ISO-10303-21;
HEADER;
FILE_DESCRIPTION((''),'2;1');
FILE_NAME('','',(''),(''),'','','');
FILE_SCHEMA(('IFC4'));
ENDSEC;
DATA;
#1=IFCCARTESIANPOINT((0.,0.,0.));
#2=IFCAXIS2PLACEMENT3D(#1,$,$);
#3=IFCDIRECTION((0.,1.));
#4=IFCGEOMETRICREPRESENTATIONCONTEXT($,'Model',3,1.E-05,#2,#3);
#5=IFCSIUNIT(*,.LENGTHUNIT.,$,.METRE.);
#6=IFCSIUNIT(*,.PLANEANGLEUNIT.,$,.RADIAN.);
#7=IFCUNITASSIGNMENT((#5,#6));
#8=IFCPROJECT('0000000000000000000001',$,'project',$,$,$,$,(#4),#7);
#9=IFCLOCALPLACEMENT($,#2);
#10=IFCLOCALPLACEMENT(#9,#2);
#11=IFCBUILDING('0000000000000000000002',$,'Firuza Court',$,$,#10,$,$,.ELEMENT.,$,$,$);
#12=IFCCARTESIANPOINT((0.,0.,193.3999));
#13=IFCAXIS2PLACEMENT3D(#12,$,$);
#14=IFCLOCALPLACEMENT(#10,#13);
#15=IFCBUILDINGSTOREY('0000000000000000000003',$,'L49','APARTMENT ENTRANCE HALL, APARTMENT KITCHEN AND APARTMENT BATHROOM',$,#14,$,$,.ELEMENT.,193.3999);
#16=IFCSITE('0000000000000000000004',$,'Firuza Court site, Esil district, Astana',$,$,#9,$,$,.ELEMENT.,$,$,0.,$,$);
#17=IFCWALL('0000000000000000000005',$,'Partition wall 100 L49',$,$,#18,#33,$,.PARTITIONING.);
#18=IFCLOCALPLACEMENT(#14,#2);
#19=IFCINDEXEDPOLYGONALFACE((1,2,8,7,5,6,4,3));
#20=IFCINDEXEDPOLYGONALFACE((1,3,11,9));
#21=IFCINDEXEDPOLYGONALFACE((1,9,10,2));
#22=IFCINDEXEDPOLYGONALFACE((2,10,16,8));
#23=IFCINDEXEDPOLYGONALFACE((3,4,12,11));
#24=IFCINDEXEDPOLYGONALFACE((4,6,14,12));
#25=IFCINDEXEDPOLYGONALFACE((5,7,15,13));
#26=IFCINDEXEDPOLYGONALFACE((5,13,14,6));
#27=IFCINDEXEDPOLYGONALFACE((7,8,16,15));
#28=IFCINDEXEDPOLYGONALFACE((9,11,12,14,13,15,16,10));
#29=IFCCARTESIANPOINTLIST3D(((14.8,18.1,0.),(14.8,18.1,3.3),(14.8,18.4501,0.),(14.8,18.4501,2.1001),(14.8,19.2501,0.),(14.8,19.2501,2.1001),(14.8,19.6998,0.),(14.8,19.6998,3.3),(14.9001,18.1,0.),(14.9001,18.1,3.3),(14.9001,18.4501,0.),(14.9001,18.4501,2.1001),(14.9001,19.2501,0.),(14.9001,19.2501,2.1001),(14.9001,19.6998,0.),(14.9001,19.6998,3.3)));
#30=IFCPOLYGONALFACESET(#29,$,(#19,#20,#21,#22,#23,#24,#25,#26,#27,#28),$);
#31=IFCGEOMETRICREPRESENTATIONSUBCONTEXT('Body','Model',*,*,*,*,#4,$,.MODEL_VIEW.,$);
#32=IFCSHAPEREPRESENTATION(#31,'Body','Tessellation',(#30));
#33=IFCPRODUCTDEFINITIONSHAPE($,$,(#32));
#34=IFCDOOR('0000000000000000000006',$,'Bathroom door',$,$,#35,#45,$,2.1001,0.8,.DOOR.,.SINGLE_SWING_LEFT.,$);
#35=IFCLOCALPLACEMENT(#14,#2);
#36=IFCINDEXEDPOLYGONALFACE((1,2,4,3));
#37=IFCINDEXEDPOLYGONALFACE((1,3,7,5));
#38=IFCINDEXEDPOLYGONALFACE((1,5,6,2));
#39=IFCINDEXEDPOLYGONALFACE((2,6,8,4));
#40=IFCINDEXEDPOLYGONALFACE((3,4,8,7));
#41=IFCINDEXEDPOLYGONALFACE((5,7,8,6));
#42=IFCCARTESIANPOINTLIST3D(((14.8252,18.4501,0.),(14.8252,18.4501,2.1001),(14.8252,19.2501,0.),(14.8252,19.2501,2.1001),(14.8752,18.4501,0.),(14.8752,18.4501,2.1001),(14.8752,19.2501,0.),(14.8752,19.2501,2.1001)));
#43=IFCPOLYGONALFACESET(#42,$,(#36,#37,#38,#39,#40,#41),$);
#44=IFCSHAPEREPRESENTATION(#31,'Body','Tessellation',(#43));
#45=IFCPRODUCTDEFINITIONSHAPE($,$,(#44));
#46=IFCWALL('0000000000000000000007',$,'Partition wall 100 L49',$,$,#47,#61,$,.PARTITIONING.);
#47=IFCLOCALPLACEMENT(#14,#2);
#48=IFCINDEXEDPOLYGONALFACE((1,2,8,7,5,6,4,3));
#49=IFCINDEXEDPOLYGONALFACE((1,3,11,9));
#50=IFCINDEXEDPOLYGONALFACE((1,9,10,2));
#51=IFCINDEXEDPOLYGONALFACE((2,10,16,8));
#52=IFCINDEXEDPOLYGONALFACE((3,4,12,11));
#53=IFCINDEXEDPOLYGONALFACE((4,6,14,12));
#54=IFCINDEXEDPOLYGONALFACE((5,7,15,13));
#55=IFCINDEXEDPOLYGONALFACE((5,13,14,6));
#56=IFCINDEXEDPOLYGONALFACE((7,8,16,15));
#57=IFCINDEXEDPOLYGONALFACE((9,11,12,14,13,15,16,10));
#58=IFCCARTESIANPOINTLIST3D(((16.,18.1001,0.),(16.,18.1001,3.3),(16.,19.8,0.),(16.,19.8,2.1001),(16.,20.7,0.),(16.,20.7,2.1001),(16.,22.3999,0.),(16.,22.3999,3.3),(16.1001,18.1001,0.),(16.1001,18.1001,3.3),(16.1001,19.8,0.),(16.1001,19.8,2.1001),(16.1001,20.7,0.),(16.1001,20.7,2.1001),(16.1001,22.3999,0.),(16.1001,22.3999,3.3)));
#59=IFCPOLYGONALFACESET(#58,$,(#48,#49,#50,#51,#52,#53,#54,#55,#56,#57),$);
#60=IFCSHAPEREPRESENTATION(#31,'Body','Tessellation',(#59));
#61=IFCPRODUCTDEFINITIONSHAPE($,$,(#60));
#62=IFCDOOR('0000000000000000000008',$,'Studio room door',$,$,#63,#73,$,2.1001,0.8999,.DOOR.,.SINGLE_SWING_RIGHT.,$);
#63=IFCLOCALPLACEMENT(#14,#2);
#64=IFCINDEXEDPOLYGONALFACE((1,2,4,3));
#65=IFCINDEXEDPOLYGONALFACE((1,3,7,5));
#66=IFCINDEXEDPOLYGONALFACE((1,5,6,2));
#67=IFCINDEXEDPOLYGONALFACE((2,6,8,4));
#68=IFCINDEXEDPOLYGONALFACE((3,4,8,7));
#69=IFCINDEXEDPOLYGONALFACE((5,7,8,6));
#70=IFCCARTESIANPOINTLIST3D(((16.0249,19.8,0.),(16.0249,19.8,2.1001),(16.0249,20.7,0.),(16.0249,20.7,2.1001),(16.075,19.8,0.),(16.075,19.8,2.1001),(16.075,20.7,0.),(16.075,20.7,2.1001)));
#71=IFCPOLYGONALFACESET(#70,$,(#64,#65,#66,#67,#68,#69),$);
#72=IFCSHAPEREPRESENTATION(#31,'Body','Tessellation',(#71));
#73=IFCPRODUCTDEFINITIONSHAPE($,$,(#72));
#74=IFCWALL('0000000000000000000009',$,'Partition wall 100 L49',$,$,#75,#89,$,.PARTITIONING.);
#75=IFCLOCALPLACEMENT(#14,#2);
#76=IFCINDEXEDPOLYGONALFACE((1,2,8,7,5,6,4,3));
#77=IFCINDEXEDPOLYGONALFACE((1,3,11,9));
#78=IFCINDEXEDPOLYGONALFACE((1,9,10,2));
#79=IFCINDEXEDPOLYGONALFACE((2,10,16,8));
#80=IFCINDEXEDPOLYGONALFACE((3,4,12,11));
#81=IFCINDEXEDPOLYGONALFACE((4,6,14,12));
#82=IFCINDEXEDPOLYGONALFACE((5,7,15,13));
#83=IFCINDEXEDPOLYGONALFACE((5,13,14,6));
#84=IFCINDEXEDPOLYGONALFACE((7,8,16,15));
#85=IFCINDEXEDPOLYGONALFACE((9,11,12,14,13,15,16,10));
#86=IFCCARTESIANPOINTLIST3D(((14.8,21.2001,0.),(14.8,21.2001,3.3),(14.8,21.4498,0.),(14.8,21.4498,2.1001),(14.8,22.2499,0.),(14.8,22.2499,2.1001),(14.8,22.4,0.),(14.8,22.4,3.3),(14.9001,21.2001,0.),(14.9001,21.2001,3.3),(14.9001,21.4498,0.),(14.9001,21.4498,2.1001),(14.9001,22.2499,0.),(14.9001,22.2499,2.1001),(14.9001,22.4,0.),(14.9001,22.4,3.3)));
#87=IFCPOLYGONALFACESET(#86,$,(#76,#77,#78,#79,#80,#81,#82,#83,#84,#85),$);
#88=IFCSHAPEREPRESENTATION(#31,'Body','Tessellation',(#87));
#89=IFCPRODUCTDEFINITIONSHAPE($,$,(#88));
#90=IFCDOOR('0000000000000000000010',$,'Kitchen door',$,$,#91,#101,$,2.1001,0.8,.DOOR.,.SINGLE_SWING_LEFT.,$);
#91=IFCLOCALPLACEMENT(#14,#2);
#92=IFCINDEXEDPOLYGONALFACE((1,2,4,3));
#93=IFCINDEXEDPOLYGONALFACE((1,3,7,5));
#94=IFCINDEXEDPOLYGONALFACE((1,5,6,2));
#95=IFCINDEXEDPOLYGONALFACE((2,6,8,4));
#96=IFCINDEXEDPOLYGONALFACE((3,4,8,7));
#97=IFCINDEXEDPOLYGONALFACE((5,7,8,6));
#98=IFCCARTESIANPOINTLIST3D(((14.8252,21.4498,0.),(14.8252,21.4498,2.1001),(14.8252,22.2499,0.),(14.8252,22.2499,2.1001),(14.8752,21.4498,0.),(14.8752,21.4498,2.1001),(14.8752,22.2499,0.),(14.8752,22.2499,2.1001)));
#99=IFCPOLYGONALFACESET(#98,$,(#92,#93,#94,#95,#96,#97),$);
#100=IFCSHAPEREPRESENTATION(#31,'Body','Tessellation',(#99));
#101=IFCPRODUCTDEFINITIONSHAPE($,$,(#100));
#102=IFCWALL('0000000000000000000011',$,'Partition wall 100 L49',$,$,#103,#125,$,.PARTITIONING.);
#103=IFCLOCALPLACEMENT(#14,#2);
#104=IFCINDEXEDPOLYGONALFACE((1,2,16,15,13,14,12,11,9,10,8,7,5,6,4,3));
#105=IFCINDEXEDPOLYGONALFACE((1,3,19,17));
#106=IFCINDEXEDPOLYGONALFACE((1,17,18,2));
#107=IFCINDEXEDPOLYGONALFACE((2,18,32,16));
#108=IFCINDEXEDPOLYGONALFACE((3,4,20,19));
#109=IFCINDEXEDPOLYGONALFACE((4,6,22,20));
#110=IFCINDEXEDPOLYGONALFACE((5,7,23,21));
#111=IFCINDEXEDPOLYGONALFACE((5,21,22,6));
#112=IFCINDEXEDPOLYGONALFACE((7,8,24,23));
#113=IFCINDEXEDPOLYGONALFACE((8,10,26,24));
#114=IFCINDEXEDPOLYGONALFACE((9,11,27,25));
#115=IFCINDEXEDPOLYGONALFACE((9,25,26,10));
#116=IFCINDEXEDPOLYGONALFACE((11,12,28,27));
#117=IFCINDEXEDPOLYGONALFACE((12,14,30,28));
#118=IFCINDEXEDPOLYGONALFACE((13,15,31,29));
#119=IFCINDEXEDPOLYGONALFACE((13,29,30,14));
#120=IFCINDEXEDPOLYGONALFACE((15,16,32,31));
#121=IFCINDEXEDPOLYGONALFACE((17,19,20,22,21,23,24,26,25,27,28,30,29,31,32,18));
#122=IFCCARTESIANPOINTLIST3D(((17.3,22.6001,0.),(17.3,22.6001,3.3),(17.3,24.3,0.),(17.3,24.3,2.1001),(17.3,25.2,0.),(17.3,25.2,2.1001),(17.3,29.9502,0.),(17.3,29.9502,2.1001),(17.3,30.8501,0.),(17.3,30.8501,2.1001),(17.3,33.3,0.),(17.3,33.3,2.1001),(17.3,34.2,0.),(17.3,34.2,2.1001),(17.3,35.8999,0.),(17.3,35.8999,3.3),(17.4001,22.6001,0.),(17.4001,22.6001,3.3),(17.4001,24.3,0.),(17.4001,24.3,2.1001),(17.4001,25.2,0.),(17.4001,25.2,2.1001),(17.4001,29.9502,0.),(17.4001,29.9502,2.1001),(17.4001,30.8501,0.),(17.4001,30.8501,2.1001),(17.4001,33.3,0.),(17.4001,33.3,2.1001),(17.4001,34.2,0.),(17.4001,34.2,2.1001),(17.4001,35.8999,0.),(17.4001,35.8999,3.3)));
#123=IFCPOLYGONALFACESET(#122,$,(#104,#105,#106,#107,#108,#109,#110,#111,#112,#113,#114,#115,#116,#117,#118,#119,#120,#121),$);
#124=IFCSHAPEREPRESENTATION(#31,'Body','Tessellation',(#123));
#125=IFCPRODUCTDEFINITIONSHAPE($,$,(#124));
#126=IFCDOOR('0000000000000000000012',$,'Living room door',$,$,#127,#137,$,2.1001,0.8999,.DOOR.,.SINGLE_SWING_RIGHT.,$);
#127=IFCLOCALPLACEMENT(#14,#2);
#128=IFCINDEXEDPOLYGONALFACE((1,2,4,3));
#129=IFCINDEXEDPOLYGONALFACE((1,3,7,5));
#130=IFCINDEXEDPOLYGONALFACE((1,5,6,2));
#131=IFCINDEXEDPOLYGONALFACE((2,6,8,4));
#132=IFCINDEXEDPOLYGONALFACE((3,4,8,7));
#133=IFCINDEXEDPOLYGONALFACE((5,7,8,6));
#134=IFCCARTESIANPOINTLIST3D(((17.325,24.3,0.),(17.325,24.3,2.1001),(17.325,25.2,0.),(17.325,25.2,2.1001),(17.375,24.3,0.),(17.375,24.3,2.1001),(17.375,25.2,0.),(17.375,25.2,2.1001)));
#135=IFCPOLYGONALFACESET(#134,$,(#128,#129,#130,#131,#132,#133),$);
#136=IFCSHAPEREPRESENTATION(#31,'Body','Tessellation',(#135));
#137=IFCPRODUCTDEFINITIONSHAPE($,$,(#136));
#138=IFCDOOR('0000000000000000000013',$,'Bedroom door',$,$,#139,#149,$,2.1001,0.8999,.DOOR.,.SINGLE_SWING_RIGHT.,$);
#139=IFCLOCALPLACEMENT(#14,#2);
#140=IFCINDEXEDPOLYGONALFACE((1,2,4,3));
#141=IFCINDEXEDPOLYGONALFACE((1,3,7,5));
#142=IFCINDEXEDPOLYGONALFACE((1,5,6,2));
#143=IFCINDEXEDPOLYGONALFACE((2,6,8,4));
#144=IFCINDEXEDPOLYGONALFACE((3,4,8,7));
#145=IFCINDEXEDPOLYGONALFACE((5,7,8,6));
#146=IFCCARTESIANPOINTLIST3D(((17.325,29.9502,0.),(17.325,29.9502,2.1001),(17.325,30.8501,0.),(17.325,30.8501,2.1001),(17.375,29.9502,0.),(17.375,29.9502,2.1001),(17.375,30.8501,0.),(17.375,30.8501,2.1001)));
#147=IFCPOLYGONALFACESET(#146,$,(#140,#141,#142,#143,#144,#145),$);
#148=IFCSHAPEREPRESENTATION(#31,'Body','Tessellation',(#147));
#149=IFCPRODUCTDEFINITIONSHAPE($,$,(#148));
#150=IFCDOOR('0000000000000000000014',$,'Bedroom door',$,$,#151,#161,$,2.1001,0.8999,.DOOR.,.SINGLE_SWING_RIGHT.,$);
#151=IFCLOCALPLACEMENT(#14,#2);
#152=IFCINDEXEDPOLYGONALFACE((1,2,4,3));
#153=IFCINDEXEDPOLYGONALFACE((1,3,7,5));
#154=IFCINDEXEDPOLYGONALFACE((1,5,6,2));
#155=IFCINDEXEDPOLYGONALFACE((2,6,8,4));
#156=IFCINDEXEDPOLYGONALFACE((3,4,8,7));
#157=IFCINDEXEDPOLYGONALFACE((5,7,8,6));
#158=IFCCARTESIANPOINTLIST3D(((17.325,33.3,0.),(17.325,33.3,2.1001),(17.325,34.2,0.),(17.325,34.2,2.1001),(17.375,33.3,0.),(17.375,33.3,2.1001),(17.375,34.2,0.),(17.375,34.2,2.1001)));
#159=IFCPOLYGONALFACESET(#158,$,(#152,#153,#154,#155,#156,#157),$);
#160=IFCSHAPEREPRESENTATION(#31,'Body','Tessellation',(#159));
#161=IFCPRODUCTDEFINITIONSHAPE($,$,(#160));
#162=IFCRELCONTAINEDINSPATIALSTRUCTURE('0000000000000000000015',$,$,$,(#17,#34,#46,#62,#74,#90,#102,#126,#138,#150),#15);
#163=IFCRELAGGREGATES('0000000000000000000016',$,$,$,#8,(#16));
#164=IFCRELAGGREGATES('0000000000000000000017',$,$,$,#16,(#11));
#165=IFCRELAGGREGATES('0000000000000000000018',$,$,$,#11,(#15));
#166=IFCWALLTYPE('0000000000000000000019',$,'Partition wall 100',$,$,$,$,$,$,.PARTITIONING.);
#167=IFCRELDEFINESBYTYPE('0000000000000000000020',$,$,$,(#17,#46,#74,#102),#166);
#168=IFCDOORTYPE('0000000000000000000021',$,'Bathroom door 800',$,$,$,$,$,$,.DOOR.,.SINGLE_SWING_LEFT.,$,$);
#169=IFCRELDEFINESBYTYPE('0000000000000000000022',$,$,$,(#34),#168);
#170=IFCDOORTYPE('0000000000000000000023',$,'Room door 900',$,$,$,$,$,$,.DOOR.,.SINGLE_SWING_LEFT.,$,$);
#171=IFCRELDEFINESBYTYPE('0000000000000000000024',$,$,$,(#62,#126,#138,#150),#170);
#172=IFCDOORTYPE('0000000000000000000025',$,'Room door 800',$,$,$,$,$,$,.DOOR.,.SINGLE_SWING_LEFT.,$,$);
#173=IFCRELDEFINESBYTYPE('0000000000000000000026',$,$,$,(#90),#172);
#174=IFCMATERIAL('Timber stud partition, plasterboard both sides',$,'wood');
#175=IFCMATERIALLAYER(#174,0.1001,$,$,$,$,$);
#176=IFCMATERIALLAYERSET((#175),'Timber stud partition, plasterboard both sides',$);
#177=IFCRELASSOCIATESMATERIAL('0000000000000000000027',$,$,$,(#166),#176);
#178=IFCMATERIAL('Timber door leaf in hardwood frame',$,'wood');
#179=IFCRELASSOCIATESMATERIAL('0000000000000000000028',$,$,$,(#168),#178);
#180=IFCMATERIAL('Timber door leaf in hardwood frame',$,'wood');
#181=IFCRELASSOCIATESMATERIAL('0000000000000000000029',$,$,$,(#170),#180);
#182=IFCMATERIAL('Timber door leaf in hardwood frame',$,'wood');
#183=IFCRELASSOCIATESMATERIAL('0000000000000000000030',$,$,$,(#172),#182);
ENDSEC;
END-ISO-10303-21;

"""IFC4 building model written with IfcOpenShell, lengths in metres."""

from ifc_helpers import new_model, si_unit, direction, frame, frame_2d, origin, place, context, subcontext, project, spatial, rectangle, extrude, material, layer, layer_set, type_object, element, fill, save


model = new_model("IFC4")

# Units and contexts
model_context = context("Model", 3, precision=1e-05, world=origin(), true_north=direction((0.0, 1.0)))
body_context = subcontext(model_context, "Body", "Model", "MODEL_VIEW")
ifc_project = project(units=[si_unit("LENGTHUNIT", "METRE"), si_unit("PLANEANGLEUNIT", "RADIAN")], contexts=[model_context])

# Site, building, storey
site_placement = place(None, origin())
site = spatial("IfcSite", under=ifc_project, at=site_placement, Name="Firuza Court site, Esil district, Astana", CompositionType="ELEMENT", RefElevation=0.0)
building_placement = place(site_placement, origin())
building = spatial("IfcBuilding", under=site, at=building_placement, Name="Firuza Court", CompositionType="ELEMENT")
storey_placement = place(building_placement, frame((0.0, 0.0, 193.3999)))
storey = spatial("IfcBuildingStorey", under=building, at=storey_placement, Name="L49", Description="APARTMENT ENTRANCE HALL, APARTMENT KITCHEN AND APARTMENT BATHROOM", CompositionType="ELEMENT", Elevation=193.3999)

# Walls, openings, doors
ifc_material_1 = material(Name="Timber stud partition, plasterboard both sides", Category="wood")
ifc_layer_1 = layer(ifc_material_1, 0.1001)
ifc_layer_set_1 = layer_set([ifc_layer_1], Name="Timber stud partition, plasterboard both sides")
wall_type_1 = type_object("IfcWallType", Name="Partition wall 100", PredefinedType="PARTITIONING", material=ifc_layer_set_1)
wall_1_placement = place(storey_placement, frame((14.8501, 18.1001, 0.0), z_axis=(0.0, 0.0, 1.0), x_axis=(0.0, 1.0, 0.0)))
wall_1 = element("IfcWall", 1, at=wall_1_placement, inside=storey, type_object=wall_type_1, Name="Partition wall 100 L49", PredefinedType="PARTITIONING", context=body_context, shape_type="SweptSolid", body=[
    extrude(rectangle(XDim=1.5999, YDim=0.1001, at=frame_2d((0.7998, 0.0))), origin(), (0.0, 0.0, 1.0), 3.3),
])
opening_1_placement = place(wall_1_placement, frame((0.3501, 0.0, 0.0)))
opening_1 = element("IfcOpeningElement", 2, at=opening_1_placement, cuts=wall_1, PredefinedType="OPENING", context=body_context, shape_type="SweptSolid", body=[
    extrude(rectangle(XDim=0.8, YDim=2.1001, at=frame_2d((0.3999, 1.05))), frame((0.0, 0.062, 0.0), z_axis=(0.0, -1.0, 0.0), x_axis=(1.0, 0.0, 0.0)), (0.0, 0.0, 1.0), 0.124),
])
ifc_material_2 = material(Name="Timber door leaf in hardwood frame", Category="wood")
door_type_1 = type_object("IfcDoorType", Name="Bathroom door 800", OperationType="SINGLE_SWING_LEFT", PredefinedType="DOOR", material=ifc_material_2)
door_1_placement = place(opening_1_placement, origin())
door_1 = element("IfcDoor", 3, at=door_1_placement, inside=storey, type_object=door_type_1, Name="Bathroom door", OperationType="SINGLE_SWING_LEFT", OverallHeight=2.1001, OverallWidth=0.8, PredefinedType="DOOR", context=body_context, shape_type="SweptSolid", body=[
    extrude(rectangle(XDim=0.8, YDim=2.1001, at=frame_2d((0.3999, 1.05))), frame((0.0, 0.0249, 0.0), z_axis=(0.0, -1.0, 0.0), x_axis=(1.0, 0.0, 0.0)), (0.0, 0.0, 1.0), 0.05),
])
fill(opening_1, door_1)
wall_2_placement = place(storey_placement, frame((16.05, 18.1001, 0.0), z_axis=(0.0, 0.0, 1.0), x_axis=(0.0, 1.0, 0.0)))
wall_2 = element("IfcWall", 4, at=wall_2_placement, inside=storey, type_object=wall_type_1, Name="Partition wall 100 L49", PredefinedType="PARTITIONING", context=body_context, shape_type="SweptSolid", body=[
    extrude(rectangle(XDim=4.2998, YDim=0.1001, at=frame_2d((2.1499, 0.0))), origin(), (0.0, 0.0, 1.0), 3.3),
])
opening_2_placement = place(wall_2_placement, frame((1.7, 0.0, 0.0)))
opening_2 = element("IfcOpeningElement", 5, at=opening_2_placement, cuts=wall_2, PredefinedType="OPENING", context=body_context, shape_type="SweptSolid", body=[
    extrude(rectangle(XDim=0.8999, YDim=2.1001, at=frame_2d((0.45, 1.05))), frame((0.0, 0.062, 0.0), z_axis=(0.0, -1.0, 0.0), x_axis=(1.0, 0.0, 0.0)), (0.0, 0.0, 1.0), 0.124),
])
ifc_material_3 = material(Name="Timber door leaf in hardwood frame", Category="wood")
door_type_2 = type_object("IfcDoorType", Name="Room door 900", OperationType="SINGLE_SWING_LEFT", PredefinedType="DOOR", material=ifc_material_3)
door_2_placement = place(opening_2_placement, frame((0.8999, 0.0, 0.0), z_axis=(0.0, 0.0, 1.0), x_axis=(-1.0, 0.0, 0.0)))
door_2 = element("IfcDoor", 6, at=door_2_placement, inside=storey, type_object=door_type_2, Name="Studio room door", OperationType="SINGLE_SWING_RIGHT", OverallHeight=2.1001, OverallWidth=0.8999, PredefinedType="DOOR", context=body_context, shape_type="SweptSolid", body=[
    extrude(rectangle(XDim=0.8999, YDim=2.1001, at=frame_2d((0.45, 1.05))), frame((0.0, 0.0249, 0.0), z_axis=(0.0, -1.0, 0.0), x_axis=(1.0, 0.0, 0.0)), (0.0, 0.0, 1.0), 0.05),
])
fill(opening_2, door_2)
wall_3_placement = place(storey_placement, frame((14.8501, 21.2, 0.0), z_axis=(0.0, 0.0, 1.0), x_axis=(0.0, 1.0, 0.0)))
wall_3 = element("IfcWall", 7, at=wall_3_placement, inside=storey, type_object=wall_type_1, Name="Partition wall 100 L49", PredefinedType="PARTITIONING", context=body_context, shape_type="SweptSolid", body=[
    extrude(rectangle(XDim=1.2, YDim=0.1001, at=frame_2d((0.6001, 0.0))), origin(), (0.0, 0.0, 1.0), 3.3),
])
opening_3_placement = place(wall_3_placement, frame((0.25, 0.0, 0.0)))
opening_3 = element("IfcOpeningElement", 8, at=opening_3_placement, cuts=wall_3, PredefinedType="OPENING", context=body_context, shape_type="SweptSolid", body=[
    extrude(rectangle(XDim=0.8, YDim=2.1001, at=frame_2d((0.3999, 1.05))), frame((0.0, 0.062, 0.0), z_axis=(0.0, -1.0, 0.0), x_axis=(1.0, 0.0, 0.0)), (0.0, 0.0, 1.0), 0.124),
])
ifc_material_4 = material(Name="Timber door leaf in hardwood frame", Category="wood")
door_type_3 = type_object("IfcDoorType", Name="Room door 800", OperationType="SINGLE_SWING_LEFT", PredefinedType="DOOR", material=ifc_material_4)
door_3_placement = place(opening_3_placement, origin())
door_3 = element("IfcDoor", 9, at=door_3_placement, inside=storey, type_object=door_type_3, Name="Kitchen door", OperationType="SINGLE_SWING_LEFT", OverallHeight=2.1001, OverallWidth=0.8, PredefinedType="DOOR", context=body_context, shape_type="SweptSolid", body=[
    extrude(rectangle(XDim=0.8, YDim=2.1001, at=frame_2d((0.3999, 1.05))), frame((0.0, 0.0249, 0.0), z_axis=(0.0, -1.0, 0.0), x_axis=(1.0, 0.0, 0.0)), (0.0, 0.0, 1.0), 0.05),
])
fill(opening_3, door_3)

# Wall, openings, doors
wall_4_placement = place(storey_placement, frame((17.3501, 22.6001, 0.0), z_axis=(0.0, 0.0, 1.0), x_axis=(0.0, 1.0, 0.0)))
wall_4 = element("IfcWall", 10, at=wall_4_placement, inside=storey, type_object=wall_type_1, Name="Partition wall 100 L49", PredefinedType="PARTITIONING", context=body_context, shape_type="SweptSolid", body=[
    extrude(rectangle(XDim=13.2998, YDim=0.1001, at=frame_2d((6.6499, 0.0))), origin(), (0.0, 0.0, 1.0), 3.3),
])
opening_4_placement = place(wall_4_placement, frame((1.7, 0.0, 0.0)))
opening_4 = element("IfcOpeningElement", 11, at=opening_4_placement, cuts=wall_4, PredefinedType="OPENING", context=body_context, shape_type="SweptSolid", body=[
    extrude(rectangle(XDim=0.8999, YDim=2.1001, at=frame_2d((0.45, 1.05))), frame((0.0, 0.062, 0.0), z_axis=(0.0, -1.0, 0.0), x_axis=(1.0, 0.0, 0.0)), (0.0, 0.0, 1.0), 0.124),
])
opening_5_placement = place(wall_4_placement, frame((7.3501, 0.0, 0.0)))
opening_5 = element("IfcOpeningElement", 12, at=opening_5_placement, cuts=wall_4, PredefinedType="OPENING", context=body_context, shape_type="SweptSolid", body=[
    extrude(rectangle(XDim=0.8999, YDim=2.1001, at=frame_2d((0.45, 1.05))), frame((0.0, 0.062, 0.0), z_axis=(0.0, -1.0, 0.0), x_axis=(1.0, 0.0, 0.0)), (0.0, 0.0, 1.0), 0.124),
])
opening_6_placement = place(wall_4_placement, frame((10.7, 0.0, 0.0)))
opening_6 = element("IfcOpeningElement", 13, at=opening_6_placement, cuts=wall_4, PredefinedType="OPENING", context=body_context, shape_type="SweptSolid", body=[
    extrude(rectangle(XDim=0.8999, YDim=2.1001, at=frame_2d((0.45, 1.05))), frame((0.0, 0.062, 0.0), z_axis=(0.0, -1.0, 0.0), x_axis=(1.0, 0.0, 0.0)), (0.0, 0.0, 1.0), 0.124),
])
door_4_placement = place(opening_4_placement, frame((0.8999, 0.0, 0.0), z_axis=(0.0, 0.0, 1.0), x_axis=(-1.0, 0.0, 0.0)))
door_4 = element("IfcDoor", 14, at=door_4_placement, inside=storey, type_object=door_type_2, Name="Living room door", OperationType="SINGLE_SWING_RIGHT", OverallHeight=2.1001, OverallWidth=0.8999, PredefinedType="DOOR", context=body_context, shape_type="SweptSolid", body=[
    extrude(rectangle(XDim=0.8999, YDim=2.1001, at=frame_2d((0.45, 1.05))), frame((0.0, 0.0249, 0.0), z_axis=(0.0, -1.0, 0.0), x_axis=(1.0, 0.0, 0.0)), (0.0, 0.0, 1.0), 0.05),
])
fill(opening_4, door_4)
door_5_placement = place(opening_5_placement, frame((0.8999, 0.0, 0.0), z_axis=(0.0, 0.0, 1.0), x_axis=(-1.0, 0.0, 0.0)))
door_5 = element("IfcDoor", 15, at=door_5_placement, inside=storey, type_object=door_type_2, Name="Bedroom door", OperationType="SINGLE_SWING_RIGHT", OverallHeight=2.1001, OverallWidth=0.8999, PredefinedType="DOOR", context=body_context, shape_type="SweptSolid", body=[
    extrude(rectangle(XDim=0.8999, YDim=2.1001, at=frame_2d((0.45, 1.05))), frame((0.0, 0.0249, 0.0), z_axis=(0.0, -1.0, 0.0), x_axis=(1.0, 0.0, 0.0)), (0.0, 0.0, 1.0), 0.05),
])
fill(opening_5, door_5)
door_6_placement = place(opening_6_placement, frame((0.8999, 0.0, 0.0), z_axis=(0.0, 0.0, 1.0), x_axis=(-1.0, 0.0, 0.0)))
door_6 = element("IfcDoor", 16, at=door_6_placement, inside=storey, type_object=door_type_2, Name="Bedroom door", OperationType="SINGLE_SWING_RIGHT", OverallHeight=2.1001, OverallWidth=0.8999, PredefinedType="DOOR", context=body_context, shape_type="SweptSolid", body=[
    extrude(rectangle(XDim=0.8999, YDim=2.1001, at=frame_2d((0.45, 1.05))), frame((0.0, 0.0249, 0.0), z_axis=(0.0, -1.0, 0.0), x_axis=(1.0, 0.0, 0.0)), (0.0, 0.0, 1.0), 0.05),
])
fill(opening_6, door_6)

save(model, "model.ifc")
